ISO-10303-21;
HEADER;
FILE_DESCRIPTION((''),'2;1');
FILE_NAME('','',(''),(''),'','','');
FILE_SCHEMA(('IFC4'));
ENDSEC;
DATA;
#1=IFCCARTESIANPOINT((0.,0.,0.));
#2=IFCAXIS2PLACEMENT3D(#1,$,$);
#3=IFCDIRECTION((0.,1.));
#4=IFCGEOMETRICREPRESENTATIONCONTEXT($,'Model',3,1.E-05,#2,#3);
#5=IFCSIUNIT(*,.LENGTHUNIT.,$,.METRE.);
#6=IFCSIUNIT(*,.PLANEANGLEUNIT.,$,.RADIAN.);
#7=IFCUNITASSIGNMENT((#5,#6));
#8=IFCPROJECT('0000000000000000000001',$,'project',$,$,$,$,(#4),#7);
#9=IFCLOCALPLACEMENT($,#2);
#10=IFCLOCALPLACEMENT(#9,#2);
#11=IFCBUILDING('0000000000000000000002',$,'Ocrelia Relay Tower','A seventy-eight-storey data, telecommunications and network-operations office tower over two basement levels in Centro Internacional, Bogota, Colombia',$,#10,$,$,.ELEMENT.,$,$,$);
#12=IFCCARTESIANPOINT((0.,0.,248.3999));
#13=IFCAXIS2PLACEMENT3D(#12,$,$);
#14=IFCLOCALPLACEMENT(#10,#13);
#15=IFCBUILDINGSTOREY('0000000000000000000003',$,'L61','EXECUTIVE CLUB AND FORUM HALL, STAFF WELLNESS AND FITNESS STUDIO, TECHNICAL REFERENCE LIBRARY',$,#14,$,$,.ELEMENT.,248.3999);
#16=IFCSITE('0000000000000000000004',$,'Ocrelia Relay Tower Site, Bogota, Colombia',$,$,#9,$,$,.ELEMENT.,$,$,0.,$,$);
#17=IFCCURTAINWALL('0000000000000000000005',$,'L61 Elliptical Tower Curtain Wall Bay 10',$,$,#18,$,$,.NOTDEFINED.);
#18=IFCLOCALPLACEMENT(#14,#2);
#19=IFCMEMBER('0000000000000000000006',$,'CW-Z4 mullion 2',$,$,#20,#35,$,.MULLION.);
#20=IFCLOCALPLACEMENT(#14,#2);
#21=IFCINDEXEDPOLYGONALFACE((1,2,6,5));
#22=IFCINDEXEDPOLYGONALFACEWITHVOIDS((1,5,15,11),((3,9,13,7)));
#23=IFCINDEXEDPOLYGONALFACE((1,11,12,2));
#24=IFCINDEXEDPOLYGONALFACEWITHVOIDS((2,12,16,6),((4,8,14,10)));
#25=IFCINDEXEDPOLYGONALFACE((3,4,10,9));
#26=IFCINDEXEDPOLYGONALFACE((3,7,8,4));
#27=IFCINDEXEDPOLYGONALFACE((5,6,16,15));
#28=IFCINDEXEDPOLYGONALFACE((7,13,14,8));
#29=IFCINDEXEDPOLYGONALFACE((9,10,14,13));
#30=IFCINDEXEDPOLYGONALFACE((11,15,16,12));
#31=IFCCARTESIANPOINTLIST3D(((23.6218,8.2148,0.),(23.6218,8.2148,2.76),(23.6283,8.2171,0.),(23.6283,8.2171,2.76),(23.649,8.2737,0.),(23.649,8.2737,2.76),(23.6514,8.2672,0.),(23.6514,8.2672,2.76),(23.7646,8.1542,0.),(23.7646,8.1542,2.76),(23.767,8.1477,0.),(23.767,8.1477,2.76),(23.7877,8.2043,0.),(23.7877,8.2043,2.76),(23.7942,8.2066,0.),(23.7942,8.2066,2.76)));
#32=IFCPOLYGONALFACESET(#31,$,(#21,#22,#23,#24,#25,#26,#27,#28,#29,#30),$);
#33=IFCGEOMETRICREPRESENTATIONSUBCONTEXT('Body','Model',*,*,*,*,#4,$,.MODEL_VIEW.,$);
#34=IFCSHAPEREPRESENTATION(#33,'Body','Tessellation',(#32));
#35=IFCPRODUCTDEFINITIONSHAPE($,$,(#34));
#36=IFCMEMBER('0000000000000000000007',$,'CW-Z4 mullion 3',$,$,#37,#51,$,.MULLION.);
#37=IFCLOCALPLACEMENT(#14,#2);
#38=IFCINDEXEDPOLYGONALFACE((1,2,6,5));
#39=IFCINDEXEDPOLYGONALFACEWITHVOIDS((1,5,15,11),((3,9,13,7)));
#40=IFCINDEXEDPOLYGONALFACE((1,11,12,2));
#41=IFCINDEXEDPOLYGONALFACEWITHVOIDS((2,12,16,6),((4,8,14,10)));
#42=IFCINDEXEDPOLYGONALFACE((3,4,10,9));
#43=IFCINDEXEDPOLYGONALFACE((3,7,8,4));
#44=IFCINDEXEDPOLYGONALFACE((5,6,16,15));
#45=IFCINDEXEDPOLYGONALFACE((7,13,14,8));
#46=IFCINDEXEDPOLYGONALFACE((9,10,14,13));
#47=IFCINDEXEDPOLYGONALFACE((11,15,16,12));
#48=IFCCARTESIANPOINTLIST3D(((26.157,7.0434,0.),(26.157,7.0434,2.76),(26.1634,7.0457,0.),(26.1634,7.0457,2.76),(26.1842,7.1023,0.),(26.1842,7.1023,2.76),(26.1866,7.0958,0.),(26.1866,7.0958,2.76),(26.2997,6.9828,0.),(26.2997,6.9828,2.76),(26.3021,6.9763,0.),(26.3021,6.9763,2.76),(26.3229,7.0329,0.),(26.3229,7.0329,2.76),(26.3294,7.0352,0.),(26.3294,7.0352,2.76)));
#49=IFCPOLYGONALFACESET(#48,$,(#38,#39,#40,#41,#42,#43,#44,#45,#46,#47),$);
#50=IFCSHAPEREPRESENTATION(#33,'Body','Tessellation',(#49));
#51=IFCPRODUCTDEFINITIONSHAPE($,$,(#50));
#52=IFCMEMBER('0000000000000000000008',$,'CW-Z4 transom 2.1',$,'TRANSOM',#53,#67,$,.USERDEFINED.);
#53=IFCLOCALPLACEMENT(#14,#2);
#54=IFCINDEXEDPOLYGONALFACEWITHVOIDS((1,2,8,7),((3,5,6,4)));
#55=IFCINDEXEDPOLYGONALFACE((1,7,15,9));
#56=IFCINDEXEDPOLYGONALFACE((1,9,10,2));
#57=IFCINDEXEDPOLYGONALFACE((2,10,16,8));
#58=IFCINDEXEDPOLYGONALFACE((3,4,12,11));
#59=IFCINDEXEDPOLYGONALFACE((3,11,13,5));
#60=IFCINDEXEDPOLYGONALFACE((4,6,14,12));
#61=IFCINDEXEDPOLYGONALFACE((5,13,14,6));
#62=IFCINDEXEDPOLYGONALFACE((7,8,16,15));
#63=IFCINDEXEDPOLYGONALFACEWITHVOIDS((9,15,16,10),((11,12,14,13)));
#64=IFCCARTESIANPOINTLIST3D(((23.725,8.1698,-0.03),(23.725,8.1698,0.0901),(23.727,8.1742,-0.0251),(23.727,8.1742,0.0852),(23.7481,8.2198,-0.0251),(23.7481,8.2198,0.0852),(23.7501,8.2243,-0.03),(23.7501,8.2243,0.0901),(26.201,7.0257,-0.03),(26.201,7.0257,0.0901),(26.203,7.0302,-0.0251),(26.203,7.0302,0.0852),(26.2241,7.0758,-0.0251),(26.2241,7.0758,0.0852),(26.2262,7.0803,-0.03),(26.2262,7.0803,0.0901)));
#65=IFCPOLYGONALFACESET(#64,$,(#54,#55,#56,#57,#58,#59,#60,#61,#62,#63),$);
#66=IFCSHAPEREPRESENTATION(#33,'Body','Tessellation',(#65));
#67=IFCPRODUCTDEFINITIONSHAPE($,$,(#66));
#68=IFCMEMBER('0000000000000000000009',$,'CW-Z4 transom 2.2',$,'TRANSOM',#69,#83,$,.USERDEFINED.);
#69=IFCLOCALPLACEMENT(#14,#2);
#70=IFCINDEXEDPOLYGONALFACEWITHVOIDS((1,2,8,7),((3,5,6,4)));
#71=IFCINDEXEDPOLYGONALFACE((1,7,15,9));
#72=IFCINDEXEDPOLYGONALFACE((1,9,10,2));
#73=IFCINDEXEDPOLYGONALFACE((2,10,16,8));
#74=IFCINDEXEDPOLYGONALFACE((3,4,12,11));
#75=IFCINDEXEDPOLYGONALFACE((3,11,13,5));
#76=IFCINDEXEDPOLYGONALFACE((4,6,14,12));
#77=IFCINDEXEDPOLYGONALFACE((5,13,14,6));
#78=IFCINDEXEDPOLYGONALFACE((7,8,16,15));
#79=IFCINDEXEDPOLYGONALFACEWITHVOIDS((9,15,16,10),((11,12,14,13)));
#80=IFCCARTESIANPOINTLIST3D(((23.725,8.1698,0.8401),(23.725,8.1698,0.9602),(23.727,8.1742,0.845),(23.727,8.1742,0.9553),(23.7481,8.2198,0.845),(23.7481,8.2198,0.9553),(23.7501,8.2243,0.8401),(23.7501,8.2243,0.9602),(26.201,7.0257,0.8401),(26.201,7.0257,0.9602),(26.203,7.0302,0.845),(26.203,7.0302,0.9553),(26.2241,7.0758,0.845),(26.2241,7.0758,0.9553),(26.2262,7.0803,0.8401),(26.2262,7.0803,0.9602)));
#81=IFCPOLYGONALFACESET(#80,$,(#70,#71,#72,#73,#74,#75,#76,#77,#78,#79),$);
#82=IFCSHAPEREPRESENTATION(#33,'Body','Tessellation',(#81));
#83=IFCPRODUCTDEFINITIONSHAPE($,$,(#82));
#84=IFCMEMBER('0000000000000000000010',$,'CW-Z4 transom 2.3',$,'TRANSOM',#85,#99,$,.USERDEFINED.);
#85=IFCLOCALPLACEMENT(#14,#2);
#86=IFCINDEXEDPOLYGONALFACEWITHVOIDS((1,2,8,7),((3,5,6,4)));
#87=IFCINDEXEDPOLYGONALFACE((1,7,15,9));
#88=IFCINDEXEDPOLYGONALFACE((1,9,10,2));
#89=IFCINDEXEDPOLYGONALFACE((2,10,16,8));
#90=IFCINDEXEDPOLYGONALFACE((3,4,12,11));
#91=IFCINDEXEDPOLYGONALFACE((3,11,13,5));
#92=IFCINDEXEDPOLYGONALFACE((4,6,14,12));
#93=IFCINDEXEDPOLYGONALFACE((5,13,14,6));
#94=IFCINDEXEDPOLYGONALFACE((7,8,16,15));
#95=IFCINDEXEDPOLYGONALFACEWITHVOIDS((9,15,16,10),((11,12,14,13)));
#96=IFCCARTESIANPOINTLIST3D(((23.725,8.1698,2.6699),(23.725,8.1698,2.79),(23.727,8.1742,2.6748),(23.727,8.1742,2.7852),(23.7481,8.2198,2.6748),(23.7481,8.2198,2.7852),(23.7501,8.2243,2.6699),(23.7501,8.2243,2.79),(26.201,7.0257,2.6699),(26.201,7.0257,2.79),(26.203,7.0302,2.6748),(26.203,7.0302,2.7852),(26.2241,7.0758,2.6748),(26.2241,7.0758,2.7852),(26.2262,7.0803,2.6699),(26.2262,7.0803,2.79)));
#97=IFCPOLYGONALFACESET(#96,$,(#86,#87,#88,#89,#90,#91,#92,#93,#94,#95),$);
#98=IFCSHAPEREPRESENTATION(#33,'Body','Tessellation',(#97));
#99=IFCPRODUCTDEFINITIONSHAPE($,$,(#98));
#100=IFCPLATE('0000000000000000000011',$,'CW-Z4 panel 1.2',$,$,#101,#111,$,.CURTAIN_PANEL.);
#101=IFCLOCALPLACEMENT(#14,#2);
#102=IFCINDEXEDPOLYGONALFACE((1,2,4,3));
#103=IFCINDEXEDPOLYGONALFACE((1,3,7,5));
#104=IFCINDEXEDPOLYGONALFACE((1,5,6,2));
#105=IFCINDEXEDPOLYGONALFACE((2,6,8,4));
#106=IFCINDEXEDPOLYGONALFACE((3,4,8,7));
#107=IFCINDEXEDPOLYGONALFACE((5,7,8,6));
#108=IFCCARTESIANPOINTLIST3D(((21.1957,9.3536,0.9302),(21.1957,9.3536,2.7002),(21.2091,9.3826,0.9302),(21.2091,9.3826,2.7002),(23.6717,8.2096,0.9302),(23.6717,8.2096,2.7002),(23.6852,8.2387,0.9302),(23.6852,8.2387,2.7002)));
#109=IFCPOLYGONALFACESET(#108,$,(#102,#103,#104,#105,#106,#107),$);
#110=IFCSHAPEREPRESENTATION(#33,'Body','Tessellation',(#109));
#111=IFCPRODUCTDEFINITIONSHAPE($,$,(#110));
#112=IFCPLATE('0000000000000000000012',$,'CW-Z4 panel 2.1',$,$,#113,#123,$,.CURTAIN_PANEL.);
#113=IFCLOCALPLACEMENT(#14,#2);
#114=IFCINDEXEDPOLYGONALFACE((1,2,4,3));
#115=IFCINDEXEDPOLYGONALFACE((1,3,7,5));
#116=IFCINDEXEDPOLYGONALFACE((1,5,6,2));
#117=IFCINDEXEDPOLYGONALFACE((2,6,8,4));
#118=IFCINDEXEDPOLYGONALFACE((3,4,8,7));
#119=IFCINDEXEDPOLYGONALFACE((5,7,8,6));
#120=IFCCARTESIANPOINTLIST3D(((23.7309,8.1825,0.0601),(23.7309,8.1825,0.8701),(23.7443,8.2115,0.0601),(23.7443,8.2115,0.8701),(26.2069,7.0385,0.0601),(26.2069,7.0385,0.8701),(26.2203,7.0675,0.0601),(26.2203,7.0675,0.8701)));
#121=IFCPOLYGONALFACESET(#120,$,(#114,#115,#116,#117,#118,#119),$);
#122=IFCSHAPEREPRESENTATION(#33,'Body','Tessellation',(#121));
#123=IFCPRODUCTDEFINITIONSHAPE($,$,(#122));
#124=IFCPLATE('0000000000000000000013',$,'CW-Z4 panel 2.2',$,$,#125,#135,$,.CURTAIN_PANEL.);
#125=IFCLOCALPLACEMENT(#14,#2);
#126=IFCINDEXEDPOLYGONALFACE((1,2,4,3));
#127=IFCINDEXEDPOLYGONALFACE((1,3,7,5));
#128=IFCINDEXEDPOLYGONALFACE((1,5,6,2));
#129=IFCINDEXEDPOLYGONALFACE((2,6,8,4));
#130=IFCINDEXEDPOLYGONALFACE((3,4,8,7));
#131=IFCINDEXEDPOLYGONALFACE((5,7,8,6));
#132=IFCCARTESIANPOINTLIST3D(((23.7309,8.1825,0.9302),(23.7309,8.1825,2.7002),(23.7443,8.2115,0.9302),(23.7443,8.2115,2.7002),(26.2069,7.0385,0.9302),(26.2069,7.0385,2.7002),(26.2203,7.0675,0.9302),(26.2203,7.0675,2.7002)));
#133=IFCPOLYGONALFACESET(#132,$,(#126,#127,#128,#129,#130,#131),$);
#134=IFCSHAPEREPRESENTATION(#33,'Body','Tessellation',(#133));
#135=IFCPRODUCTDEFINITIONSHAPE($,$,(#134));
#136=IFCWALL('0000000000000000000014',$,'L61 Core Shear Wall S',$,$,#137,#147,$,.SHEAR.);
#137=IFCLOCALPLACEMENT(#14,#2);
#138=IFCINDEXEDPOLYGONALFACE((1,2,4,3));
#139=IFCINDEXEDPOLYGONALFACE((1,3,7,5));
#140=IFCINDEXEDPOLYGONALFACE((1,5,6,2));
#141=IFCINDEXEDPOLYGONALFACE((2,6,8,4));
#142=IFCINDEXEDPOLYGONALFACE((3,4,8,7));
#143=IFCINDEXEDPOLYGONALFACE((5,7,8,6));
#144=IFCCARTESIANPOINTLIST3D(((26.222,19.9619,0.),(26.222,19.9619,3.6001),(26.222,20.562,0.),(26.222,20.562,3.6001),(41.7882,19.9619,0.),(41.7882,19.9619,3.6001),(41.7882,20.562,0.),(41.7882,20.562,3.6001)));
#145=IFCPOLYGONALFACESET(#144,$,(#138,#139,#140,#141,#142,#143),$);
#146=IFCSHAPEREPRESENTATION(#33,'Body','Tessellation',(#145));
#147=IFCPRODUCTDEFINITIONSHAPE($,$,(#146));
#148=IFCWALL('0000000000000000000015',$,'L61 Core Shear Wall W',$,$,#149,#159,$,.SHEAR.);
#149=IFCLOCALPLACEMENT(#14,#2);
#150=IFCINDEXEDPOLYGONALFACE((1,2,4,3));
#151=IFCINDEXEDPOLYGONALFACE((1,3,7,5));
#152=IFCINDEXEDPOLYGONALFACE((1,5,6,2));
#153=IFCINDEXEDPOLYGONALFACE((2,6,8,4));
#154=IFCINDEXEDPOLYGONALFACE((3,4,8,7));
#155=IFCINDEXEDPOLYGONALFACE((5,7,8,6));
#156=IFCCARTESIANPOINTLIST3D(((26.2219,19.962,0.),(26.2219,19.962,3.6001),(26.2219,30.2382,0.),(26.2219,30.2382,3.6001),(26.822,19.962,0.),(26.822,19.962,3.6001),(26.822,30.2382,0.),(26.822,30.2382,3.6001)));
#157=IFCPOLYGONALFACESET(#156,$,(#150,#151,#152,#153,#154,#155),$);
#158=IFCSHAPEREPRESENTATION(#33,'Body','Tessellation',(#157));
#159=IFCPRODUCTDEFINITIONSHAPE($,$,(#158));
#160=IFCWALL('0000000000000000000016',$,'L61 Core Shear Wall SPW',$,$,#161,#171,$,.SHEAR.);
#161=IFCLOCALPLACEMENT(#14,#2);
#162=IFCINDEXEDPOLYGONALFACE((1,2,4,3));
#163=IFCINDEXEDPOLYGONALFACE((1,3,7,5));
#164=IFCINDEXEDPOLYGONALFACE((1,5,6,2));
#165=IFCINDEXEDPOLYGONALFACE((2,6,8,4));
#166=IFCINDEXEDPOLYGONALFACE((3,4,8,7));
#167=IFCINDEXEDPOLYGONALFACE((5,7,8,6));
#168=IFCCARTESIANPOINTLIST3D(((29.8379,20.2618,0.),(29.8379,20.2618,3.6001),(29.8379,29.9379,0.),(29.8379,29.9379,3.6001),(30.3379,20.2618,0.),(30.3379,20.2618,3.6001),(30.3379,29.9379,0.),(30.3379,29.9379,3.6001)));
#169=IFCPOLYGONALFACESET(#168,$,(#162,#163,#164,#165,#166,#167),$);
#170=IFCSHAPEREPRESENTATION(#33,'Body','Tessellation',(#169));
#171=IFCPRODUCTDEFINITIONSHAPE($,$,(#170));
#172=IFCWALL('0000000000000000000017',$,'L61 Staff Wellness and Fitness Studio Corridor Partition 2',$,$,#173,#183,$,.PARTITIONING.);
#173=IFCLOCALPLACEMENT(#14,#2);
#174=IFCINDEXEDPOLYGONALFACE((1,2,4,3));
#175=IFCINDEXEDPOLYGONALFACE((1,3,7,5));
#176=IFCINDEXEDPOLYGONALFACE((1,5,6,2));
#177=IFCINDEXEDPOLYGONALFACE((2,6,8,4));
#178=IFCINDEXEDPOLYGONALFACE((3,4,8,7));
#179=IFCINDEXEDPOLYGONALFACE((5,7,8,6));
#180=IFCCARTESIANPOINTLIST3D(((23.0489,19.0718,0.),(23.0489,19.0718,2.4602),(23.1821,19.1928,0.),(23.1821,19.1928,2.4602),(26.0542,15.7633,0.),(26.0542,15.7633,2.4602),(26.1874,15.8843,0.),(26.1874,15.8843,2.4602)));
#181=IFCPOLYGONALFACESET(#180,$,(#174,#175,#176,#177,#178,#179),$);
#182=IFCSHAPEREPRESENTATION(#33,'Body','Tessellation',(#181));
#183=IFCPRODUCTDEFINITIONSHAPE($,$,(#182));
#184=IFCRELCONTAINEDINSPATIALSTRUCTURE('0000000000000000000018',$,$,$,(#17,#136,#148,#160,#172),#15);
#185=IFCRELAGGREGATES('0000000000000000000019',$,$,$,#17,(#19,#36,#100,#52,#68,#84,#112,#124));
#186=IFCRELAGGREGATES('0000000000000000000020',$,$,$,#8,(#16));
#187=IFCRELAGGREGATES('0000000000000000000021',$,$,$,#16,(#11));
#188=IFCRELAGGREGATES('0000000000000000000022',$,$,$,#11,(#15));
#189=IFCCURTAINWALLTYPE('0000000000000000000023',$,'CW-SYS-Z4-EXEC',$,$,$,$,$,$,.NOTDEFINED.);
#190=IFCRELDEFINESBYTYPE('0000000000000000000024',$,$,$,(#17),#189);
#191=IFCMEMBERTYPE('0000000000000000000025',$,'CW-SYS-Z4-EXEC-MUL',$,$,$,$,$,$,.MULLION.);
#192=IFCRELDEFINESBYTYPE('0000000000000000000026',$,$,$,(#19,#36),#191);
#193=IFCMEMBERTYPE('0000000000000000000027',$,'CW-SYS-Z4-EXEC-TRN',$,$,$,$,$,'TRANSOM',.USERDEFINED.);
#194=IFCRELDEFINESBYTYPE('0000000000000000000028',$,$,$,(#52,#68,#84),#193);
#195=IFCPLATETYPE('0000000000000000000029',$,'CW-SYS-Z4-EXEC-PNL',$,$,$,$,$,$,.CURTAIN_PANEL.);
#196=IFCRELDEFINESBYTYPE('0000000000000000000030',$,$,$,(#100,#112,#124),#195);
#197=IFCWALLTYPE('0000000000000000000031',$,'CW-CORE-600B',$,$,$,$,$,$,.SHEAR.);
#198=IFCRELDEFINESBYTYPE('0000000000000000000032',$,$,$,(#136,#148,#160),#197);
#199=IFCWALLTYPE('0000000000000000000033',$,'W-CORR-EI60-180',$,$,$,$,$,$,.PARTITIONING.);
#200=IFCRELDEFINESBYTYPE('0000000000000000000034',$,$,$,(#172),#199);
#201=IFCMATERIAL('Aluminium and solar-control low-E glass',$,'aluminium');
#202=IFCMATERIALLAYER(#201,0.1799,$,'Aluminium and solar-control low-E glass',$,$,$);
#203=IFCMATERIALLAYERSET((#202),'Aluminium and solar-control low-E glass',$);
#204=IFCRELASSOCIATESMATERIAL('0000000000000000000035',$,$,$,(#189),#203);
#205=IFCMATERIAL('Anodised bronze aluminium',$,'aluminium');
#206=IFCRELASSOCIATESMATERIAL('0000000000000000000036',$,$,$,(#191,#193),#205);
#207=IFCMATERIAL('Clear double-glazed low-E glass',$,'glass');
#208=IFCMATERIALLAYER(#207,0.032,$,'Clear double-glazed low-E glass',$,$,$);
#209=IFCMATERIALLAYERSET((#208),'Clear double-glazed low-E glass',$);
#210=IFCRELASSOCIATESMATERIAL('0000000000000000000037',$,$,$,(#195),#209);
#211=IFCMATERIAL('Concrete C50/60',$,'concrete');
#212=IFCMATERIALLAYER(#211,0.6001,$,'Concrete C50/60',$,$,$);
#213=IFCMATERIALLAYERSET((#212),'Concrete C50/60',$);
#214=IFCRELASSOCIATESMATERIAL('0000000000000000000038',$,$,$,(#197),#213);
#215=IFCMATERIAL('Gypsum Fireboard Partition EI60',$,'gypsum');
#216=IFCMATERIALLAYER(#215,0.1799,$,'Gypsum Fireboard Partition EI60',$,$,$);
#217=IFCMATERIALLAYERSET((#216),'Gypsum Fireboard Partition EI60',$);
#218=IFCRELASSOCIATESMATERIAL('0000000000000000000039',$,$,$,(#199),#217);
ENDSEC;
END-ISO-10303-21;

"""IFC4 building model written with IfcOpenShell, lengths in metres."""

from ifc_helpers import new_model, si_unit, direction, frame, frame_2d, origin, origin_2d, place, context, subcontext, project, spatial, rectangle, hollow_rectangle, extrude, material, layer, layer_set, material_profile, profile_set, type_object, element, aggregate, save


model = new_model("IFC4")

# Units and contexts
model_context = context("Model", 3, precision=1e-05, world=origin(), true_north=direction((0.0, 1.0)))
body_context = subcontext(model_context, "Body", "Model", "MODEL_VIEW")
ifc_project = project(units=[si_unit("LENGTHUNIT", "METRE"), si_unit("PLANEANGLEUNIT", "RADIAN")], contexts=[model_context])

# Site, building, storey
site_placement = place(None, origin())
site = spatial("IfcSite", under=ifc_project, at=site_placement, Name="Ocrelia Relay Tower Site, Bogota, Colombia", CompositionType="ELEMENT", RefElevation=0.0)
building_placement = place(site_placement, origin())
building = spatial("IfcBuilding", under=site, at=building_placement, Name="Ocrelia Relay Tower", Description="A seventy-eight-storey data, telecommunications and network-operations office tower over two basement levels in Centro Internacional, Bogota, Colombia", CompositionType="ELEMENT")
storey_placement = place(building_placement, frame((0.0, 0.0, 248.3999)))
storey = spatial("IfcBuildingStorey", under=building, at=storey_placement, Name="L61", Description="EXECUTIVE CLUB AND FORUM HALL, STAFF WELLNESS AND FITNESS STUDIO, TECHNICAL REFERENCE LIBRARY", CompositionType="ELEMENT", Elevation=248.3999)

# Shared definitions
ifc_material_1 = material(Name="Concrete C50/60", Category="concrete")

# Curtain wall, members, plates
ifc_material_2 = material(Name="Aluminium and solar-control low-E glass", Category="aluminium")
ifc_layer_1 = layer(ifc_material_2, 0.1799, Name="Aluminium and solar-control low-E glass")
ifc_layer_set_1 = layer_set([ifc_layer_1], Name="Aluminium and solar-control low-E glass")
curtain_wall_type = type_object("IfcCurtainWallType", Name="CW-SYS-Z4-EXEC", PredefinedType="NOTDEFINED", material=ifc_layer_set_1)
curtain_wall_placement = place(storey_placement, origin())
curtain_wall = element("IfcCurtainWall", 1, at=curtain_wall_placement, inside=storey, type_object=curtain_wall_type, Name="L61 Elliptical Tower Curtain Wall Bay 10", PredefinedType="NOTDEFINED")
ifc_material_3 = material(Name="Anodised bronze aluminium", Category="aluminium")
ifc_material_profile_1 = material_profile(ifc_material_3, hollow_rectangle(XDim=0.0649, YDim=0.1599, WallThickness=0.0049, at=origin_2d()), Name="CW-MUL-160x65")
ifc_profile_set_1 = profile_set([ifc_material_profile_1], Name="Anodised bronze aluminium")
member_type_1 = type_object("IfcMemberType", Name="CW-SYS-Z4-EXEC-MUL", PredefinedType="MULLION", material=ifc_profile_set_1)
member_1_placement = place(storey_placement, frame((23.708, 8.2107, 0.0), z_axis=(0.0, 0.0, 1.0), x_axis=(0.419413, 0.907796, 0.0)))
member_1 = element("IfcMember", 2, at=member_1_placement, type_object=member_type_1, Name="CW-Z4 mullion 2", PredefinedType="MULLION", context=body_context, shape_type="SweptSolid", body=[
    extrude(hollow_rectangle(XDim=0.0649, YDim=0.1599, WallThickness=0.0049, at=origin_2d()), origin(), (0.0, 0.0, 1.0), 2.76),
])
member_2_placement = place(storey_placement, frame((26.2432, 7.0393, 0.0), z_axis=(0.0, 0.0, 1.0), x_axis=(0.419413, 0.907796, 0.0)))
member_2 = element("IfcMember", 3, at=member_2_placement, type_object=member_type_1, Name="CW-Z4 mullion 3", PredefinedType="MULLION", context=body_context, shape_type="SweptSolid", body=[
    extrude(hollow_rectangle(XDim=0.0649, YDim=0.1599, WallThickness=0.0049, at=origin_2d()), origin(), (0.0, 0.0, 1.0), 2.76),
])
ifc_material_profile_2 = material_profile(ifc_material_3, hollow_rectangle(XDim=0.0601, YDim=0.1201, WallThickness=0.0049, at=origin_2d()), Name="CW-TRN-120x60")
ifc_profile_set_2 = profile_set([ifc_material_profile_2], Name="Anodised bronze aluminium")
member_type_2 = type_object("IfcMemberType", Name="CW-SYS-Z4-EXEC-TRN", ElementType="TRANSOM", PredefinedType="USERDEFINED", material=ifc_profile_set_2)
member_3_placement = place(storey_placement, frame((23.7375, 8.197, 0.03), z_axis=(0.907786, -0.419433, 0.0), x_axis=(0.419433, 0.907786, 0.0)))
member_3 = element("IfcMember", 4, at=member_3_placement, type_object=member_type_2, Name="CW-Z4 transom 2.1", ObjectType="TRANSOM", PredefinedType="USERDEFINED", context=body_context, shape_type="SweptSolid", body=[
    extrude(hollow_rectangle(XDim=0.0601, YDim=0.1201, WallThickness=0.0049, at=origin_2d()), origin(), (0.0, 0.0, 1.0), 2.7275),
])
member_4_placement = place(storey_placement, frame((23.7375, 8.197, 0.9001), z_axis=(0.907786, -0.419433, 0.0), x_axis=(0.419433, 0.907786, 0.0)))
member_4 = element("IfcMember", 5, at=member_4_placement, type_object=member_type_2, Name="CW-Z4 transom 2.2", ObjectType="TRANSOM", PredefinedType="USERDEFINED", context=body_context, shape_type="SweptSolid", body=[
    extrude(hollow_rectangle(XDim=0.0601, YDim=0.1201, WallThickness=0.0049, at=origin_2d()), origin(), (0.0, 0.0, 1.0), 2.7275),
])
member_5_placement = place(storey_placement, frame((23.7375, 8.197, 2.73), z_axis=(0.907786, -0.419433, 0.0), x_axis=(0.419433, 0.907786, 0.0)))
member_5 = element("IfcMember", 6, at=member_5_placement, type_object=member_type_2, Name="CW-Z4 transom 2.3", ObjectType="TRANSOM", PredefinedType="USERDEFINED", context=body_context, shape_type="SweptSolid", body=[
    extrude(hollow_rectangle(XDim=0.0601, YDim=0.1201, WallThickness=0.0049, at=origin_2d()), origin(), (0.0, 0.0, 1.0), 2.7275),
])
ifc_material_4 = material(Name="Clear double-glazed low-E glass", Category="glass")
ifc_layer_2 = layer(ifc_material_4, 0.032, Name="Clear double-glazed low-E glass")
ifc_layer_set_2 = layer_set([ifc_layer_2], Name="Clear double-glazed low-E glass")
plate_type = type_object("IfcPlateType", Name="CW-SYS-Z4-EXEC-PNL", PredefinedType="CURTAIN_PANEL", material=ifc_layer_set_2)
plate_1_placement = place(storey_placement, frame((22.4404, 8.7961, 0.9302), z_axis=(0.0, 0.0, 1.0), x_axis=(0.907796, -0.419413, 0.0)))
plate_1 = element("IfcPlate", 7, at=plate_1_placement, type_object=plate_type, Name="CW-Z4 panel 1.2", PredefinedType="CURTAIN_PANEL", context=body_context, shape_type="SweptSolid", body=[
    extrude(rectangle(XDim=2.7275, YDim=0.032, at=origin_2d()), origin(), (0.0, 0.0, 1.0), 1.77),
])
plate_2_placement = place(storey_placement, frame((24.9756, 7.625, 0.0601), z_axis=(0.0, 0.0, 1.0), x_axis=(0.907796, -0.419413, 0.0)))
plate_2 = element("IfcPlate", 8, at=plate_2_placement, type_object=plate_type, Name="CW-Z4 panel 2.1", PredefinedType="CURTAIN_PANEL", context=body_context, shape_type="SweptSolid", body=[
    extrude(rectangle(XDim=2.7275, YDim=0.032, at=origin_2d()), origin(), (0.0, 0.0, 1.0), 0.8101),
])
plate_3_placement = place(storey_placement, frame((24.9756, 7.625, 0.9302), z_axis=(0.0, 0.0, 1.0), x_axis=(0.907796, -0.419413, 0.0)))
plate_3 = element("IfcPlate", 9, at=plate_3_placement, type_object=plate_type, Name="CW-Z4 panel 2.2", PredefinedType="CURTAIN_PANEL", context=body_context, shape_type="SweptSolid", body=[
    extrude(rectangle(XDim=2.7275, YDim=0.032, at=origin_2d()), origin(), (0.0, 0.0, 1.0), 1.77),
])
aggregate(curtain_wall, [member_1, member_2, plate_1, member_3, member_4, member_5, plate_2, plate_3])

# Walls
ifc_layer_3 = layer(ifc_material_1, 0.6001, Name="Concrete C50/60")
ifc_layer_set_3 = layer_set([ifc_layer_3], Name="Concrete C50/60")
wall_type_1 = type_object("IfcWallType", Name="CW-CORE-600B", PredefinedType="SHEAR", material=ifc_layer_set_3)
wall_1_placement = place(storey_placement, frame((26.2219, 20.262, 0.0), z_axis=(0.0, 0.0, 1.0), x_axis=(1.0, 0.0, 0.0)))
element("IfcWall", 10, at=wall_1_placement, inside=storey, type_object=wall_type_1, Name="L61 Core Shear Wall S", PredefinedType="SHEAR", context=body_context, shape_type="SweptSolid", body=[
    extrude(rectangle(XDim=15.5662, YDim=0.6001, at=frame_2d((7.7832, 0.0))), origin(), (0.0, 0.0, 1.0), 3.6001),
])
wall_2_placement = place(storey_placement, frame((26.522, 19.9619, 0.0), z_axis=(0.0, 0.0, 1.0), x_axis=(0.0, 1.0, 0.0)))
element("IfcWall", 11, at=wall_2_placement, inside=storey, type_object=wall_type_1, Name="L61 Core Shear Wall W", PredefinedType="SHEAR", context=body_context, shape_type="SweptSolid", body=[
    extrude(rectangle(XDim=10.2761, YDim=0.6001, at=frame_2d((5.1382, 0.0))), origin(), (0.0, 0.0, 1.0), 3.6001),
])
wall_3_placement = place(storey_placement, frame((30.0879, 20.262, 0.0), z_axis=(0.0, 0.0, 1.0), x_axis=(0.0, 1.0, 0.0)))
element("IfcWall", 12, at=wall_3_placement, inside=storey, type_object=wall_type_1, Name="L61 Core Shear Wall SPW", PredefinedType="SHEAR", context=body_context, shape_type="SweptSolid", body=[
    extrude(rectangle(XDim=9.676, YDim=0.5, at=frame_2d((4.8379, 0.0))), origin(), (0.0, 0.0, 1.0), 3.6001),
])

# Shared definitions
ifc_material_5 = material(Name="Gypsum Fireboard Partition EI60", Category="gypsum")
ifc_layer_4 = layer(ifc_material_5, 0.1799, Name="Gypsum Fireboard Partition EI60")
ifc_layer_set_4 = layer_set([ifc_layer_4], Name="Gypsum Fireboard Partition EI60")
wall_type_2 = type_object("IfcWallType", Name="W-CORR-EI60-180", PredefinedType="PARTITIONING", material=ifc_layer_set_4)

# Wall
wall_4_placement = place(storey_placement, frame((23.1155, 19.1323, 0.0), z_axis=(0.0, 0.0, 1.0), x_axis=(0.672374, -0.740212, 0.0)))
element("IfcWall", 13, at=wall_4_placement, inside=storey, type_object=wall_type_2, Name="L61 Staff Wellness and Fitness Studio Corridor Partition 2", PredefinedType="PARTITIONING", context=body_context, shape_type="SweptSolid", body=[
    extrude(rectangle(XDim=4.4697, YDim=0.1799, at=frame_2d((2.2349, 0.0))), origin(), (0.0, 0.0, 1.0), 2.4602),
])

save(model, "model.ifc")
